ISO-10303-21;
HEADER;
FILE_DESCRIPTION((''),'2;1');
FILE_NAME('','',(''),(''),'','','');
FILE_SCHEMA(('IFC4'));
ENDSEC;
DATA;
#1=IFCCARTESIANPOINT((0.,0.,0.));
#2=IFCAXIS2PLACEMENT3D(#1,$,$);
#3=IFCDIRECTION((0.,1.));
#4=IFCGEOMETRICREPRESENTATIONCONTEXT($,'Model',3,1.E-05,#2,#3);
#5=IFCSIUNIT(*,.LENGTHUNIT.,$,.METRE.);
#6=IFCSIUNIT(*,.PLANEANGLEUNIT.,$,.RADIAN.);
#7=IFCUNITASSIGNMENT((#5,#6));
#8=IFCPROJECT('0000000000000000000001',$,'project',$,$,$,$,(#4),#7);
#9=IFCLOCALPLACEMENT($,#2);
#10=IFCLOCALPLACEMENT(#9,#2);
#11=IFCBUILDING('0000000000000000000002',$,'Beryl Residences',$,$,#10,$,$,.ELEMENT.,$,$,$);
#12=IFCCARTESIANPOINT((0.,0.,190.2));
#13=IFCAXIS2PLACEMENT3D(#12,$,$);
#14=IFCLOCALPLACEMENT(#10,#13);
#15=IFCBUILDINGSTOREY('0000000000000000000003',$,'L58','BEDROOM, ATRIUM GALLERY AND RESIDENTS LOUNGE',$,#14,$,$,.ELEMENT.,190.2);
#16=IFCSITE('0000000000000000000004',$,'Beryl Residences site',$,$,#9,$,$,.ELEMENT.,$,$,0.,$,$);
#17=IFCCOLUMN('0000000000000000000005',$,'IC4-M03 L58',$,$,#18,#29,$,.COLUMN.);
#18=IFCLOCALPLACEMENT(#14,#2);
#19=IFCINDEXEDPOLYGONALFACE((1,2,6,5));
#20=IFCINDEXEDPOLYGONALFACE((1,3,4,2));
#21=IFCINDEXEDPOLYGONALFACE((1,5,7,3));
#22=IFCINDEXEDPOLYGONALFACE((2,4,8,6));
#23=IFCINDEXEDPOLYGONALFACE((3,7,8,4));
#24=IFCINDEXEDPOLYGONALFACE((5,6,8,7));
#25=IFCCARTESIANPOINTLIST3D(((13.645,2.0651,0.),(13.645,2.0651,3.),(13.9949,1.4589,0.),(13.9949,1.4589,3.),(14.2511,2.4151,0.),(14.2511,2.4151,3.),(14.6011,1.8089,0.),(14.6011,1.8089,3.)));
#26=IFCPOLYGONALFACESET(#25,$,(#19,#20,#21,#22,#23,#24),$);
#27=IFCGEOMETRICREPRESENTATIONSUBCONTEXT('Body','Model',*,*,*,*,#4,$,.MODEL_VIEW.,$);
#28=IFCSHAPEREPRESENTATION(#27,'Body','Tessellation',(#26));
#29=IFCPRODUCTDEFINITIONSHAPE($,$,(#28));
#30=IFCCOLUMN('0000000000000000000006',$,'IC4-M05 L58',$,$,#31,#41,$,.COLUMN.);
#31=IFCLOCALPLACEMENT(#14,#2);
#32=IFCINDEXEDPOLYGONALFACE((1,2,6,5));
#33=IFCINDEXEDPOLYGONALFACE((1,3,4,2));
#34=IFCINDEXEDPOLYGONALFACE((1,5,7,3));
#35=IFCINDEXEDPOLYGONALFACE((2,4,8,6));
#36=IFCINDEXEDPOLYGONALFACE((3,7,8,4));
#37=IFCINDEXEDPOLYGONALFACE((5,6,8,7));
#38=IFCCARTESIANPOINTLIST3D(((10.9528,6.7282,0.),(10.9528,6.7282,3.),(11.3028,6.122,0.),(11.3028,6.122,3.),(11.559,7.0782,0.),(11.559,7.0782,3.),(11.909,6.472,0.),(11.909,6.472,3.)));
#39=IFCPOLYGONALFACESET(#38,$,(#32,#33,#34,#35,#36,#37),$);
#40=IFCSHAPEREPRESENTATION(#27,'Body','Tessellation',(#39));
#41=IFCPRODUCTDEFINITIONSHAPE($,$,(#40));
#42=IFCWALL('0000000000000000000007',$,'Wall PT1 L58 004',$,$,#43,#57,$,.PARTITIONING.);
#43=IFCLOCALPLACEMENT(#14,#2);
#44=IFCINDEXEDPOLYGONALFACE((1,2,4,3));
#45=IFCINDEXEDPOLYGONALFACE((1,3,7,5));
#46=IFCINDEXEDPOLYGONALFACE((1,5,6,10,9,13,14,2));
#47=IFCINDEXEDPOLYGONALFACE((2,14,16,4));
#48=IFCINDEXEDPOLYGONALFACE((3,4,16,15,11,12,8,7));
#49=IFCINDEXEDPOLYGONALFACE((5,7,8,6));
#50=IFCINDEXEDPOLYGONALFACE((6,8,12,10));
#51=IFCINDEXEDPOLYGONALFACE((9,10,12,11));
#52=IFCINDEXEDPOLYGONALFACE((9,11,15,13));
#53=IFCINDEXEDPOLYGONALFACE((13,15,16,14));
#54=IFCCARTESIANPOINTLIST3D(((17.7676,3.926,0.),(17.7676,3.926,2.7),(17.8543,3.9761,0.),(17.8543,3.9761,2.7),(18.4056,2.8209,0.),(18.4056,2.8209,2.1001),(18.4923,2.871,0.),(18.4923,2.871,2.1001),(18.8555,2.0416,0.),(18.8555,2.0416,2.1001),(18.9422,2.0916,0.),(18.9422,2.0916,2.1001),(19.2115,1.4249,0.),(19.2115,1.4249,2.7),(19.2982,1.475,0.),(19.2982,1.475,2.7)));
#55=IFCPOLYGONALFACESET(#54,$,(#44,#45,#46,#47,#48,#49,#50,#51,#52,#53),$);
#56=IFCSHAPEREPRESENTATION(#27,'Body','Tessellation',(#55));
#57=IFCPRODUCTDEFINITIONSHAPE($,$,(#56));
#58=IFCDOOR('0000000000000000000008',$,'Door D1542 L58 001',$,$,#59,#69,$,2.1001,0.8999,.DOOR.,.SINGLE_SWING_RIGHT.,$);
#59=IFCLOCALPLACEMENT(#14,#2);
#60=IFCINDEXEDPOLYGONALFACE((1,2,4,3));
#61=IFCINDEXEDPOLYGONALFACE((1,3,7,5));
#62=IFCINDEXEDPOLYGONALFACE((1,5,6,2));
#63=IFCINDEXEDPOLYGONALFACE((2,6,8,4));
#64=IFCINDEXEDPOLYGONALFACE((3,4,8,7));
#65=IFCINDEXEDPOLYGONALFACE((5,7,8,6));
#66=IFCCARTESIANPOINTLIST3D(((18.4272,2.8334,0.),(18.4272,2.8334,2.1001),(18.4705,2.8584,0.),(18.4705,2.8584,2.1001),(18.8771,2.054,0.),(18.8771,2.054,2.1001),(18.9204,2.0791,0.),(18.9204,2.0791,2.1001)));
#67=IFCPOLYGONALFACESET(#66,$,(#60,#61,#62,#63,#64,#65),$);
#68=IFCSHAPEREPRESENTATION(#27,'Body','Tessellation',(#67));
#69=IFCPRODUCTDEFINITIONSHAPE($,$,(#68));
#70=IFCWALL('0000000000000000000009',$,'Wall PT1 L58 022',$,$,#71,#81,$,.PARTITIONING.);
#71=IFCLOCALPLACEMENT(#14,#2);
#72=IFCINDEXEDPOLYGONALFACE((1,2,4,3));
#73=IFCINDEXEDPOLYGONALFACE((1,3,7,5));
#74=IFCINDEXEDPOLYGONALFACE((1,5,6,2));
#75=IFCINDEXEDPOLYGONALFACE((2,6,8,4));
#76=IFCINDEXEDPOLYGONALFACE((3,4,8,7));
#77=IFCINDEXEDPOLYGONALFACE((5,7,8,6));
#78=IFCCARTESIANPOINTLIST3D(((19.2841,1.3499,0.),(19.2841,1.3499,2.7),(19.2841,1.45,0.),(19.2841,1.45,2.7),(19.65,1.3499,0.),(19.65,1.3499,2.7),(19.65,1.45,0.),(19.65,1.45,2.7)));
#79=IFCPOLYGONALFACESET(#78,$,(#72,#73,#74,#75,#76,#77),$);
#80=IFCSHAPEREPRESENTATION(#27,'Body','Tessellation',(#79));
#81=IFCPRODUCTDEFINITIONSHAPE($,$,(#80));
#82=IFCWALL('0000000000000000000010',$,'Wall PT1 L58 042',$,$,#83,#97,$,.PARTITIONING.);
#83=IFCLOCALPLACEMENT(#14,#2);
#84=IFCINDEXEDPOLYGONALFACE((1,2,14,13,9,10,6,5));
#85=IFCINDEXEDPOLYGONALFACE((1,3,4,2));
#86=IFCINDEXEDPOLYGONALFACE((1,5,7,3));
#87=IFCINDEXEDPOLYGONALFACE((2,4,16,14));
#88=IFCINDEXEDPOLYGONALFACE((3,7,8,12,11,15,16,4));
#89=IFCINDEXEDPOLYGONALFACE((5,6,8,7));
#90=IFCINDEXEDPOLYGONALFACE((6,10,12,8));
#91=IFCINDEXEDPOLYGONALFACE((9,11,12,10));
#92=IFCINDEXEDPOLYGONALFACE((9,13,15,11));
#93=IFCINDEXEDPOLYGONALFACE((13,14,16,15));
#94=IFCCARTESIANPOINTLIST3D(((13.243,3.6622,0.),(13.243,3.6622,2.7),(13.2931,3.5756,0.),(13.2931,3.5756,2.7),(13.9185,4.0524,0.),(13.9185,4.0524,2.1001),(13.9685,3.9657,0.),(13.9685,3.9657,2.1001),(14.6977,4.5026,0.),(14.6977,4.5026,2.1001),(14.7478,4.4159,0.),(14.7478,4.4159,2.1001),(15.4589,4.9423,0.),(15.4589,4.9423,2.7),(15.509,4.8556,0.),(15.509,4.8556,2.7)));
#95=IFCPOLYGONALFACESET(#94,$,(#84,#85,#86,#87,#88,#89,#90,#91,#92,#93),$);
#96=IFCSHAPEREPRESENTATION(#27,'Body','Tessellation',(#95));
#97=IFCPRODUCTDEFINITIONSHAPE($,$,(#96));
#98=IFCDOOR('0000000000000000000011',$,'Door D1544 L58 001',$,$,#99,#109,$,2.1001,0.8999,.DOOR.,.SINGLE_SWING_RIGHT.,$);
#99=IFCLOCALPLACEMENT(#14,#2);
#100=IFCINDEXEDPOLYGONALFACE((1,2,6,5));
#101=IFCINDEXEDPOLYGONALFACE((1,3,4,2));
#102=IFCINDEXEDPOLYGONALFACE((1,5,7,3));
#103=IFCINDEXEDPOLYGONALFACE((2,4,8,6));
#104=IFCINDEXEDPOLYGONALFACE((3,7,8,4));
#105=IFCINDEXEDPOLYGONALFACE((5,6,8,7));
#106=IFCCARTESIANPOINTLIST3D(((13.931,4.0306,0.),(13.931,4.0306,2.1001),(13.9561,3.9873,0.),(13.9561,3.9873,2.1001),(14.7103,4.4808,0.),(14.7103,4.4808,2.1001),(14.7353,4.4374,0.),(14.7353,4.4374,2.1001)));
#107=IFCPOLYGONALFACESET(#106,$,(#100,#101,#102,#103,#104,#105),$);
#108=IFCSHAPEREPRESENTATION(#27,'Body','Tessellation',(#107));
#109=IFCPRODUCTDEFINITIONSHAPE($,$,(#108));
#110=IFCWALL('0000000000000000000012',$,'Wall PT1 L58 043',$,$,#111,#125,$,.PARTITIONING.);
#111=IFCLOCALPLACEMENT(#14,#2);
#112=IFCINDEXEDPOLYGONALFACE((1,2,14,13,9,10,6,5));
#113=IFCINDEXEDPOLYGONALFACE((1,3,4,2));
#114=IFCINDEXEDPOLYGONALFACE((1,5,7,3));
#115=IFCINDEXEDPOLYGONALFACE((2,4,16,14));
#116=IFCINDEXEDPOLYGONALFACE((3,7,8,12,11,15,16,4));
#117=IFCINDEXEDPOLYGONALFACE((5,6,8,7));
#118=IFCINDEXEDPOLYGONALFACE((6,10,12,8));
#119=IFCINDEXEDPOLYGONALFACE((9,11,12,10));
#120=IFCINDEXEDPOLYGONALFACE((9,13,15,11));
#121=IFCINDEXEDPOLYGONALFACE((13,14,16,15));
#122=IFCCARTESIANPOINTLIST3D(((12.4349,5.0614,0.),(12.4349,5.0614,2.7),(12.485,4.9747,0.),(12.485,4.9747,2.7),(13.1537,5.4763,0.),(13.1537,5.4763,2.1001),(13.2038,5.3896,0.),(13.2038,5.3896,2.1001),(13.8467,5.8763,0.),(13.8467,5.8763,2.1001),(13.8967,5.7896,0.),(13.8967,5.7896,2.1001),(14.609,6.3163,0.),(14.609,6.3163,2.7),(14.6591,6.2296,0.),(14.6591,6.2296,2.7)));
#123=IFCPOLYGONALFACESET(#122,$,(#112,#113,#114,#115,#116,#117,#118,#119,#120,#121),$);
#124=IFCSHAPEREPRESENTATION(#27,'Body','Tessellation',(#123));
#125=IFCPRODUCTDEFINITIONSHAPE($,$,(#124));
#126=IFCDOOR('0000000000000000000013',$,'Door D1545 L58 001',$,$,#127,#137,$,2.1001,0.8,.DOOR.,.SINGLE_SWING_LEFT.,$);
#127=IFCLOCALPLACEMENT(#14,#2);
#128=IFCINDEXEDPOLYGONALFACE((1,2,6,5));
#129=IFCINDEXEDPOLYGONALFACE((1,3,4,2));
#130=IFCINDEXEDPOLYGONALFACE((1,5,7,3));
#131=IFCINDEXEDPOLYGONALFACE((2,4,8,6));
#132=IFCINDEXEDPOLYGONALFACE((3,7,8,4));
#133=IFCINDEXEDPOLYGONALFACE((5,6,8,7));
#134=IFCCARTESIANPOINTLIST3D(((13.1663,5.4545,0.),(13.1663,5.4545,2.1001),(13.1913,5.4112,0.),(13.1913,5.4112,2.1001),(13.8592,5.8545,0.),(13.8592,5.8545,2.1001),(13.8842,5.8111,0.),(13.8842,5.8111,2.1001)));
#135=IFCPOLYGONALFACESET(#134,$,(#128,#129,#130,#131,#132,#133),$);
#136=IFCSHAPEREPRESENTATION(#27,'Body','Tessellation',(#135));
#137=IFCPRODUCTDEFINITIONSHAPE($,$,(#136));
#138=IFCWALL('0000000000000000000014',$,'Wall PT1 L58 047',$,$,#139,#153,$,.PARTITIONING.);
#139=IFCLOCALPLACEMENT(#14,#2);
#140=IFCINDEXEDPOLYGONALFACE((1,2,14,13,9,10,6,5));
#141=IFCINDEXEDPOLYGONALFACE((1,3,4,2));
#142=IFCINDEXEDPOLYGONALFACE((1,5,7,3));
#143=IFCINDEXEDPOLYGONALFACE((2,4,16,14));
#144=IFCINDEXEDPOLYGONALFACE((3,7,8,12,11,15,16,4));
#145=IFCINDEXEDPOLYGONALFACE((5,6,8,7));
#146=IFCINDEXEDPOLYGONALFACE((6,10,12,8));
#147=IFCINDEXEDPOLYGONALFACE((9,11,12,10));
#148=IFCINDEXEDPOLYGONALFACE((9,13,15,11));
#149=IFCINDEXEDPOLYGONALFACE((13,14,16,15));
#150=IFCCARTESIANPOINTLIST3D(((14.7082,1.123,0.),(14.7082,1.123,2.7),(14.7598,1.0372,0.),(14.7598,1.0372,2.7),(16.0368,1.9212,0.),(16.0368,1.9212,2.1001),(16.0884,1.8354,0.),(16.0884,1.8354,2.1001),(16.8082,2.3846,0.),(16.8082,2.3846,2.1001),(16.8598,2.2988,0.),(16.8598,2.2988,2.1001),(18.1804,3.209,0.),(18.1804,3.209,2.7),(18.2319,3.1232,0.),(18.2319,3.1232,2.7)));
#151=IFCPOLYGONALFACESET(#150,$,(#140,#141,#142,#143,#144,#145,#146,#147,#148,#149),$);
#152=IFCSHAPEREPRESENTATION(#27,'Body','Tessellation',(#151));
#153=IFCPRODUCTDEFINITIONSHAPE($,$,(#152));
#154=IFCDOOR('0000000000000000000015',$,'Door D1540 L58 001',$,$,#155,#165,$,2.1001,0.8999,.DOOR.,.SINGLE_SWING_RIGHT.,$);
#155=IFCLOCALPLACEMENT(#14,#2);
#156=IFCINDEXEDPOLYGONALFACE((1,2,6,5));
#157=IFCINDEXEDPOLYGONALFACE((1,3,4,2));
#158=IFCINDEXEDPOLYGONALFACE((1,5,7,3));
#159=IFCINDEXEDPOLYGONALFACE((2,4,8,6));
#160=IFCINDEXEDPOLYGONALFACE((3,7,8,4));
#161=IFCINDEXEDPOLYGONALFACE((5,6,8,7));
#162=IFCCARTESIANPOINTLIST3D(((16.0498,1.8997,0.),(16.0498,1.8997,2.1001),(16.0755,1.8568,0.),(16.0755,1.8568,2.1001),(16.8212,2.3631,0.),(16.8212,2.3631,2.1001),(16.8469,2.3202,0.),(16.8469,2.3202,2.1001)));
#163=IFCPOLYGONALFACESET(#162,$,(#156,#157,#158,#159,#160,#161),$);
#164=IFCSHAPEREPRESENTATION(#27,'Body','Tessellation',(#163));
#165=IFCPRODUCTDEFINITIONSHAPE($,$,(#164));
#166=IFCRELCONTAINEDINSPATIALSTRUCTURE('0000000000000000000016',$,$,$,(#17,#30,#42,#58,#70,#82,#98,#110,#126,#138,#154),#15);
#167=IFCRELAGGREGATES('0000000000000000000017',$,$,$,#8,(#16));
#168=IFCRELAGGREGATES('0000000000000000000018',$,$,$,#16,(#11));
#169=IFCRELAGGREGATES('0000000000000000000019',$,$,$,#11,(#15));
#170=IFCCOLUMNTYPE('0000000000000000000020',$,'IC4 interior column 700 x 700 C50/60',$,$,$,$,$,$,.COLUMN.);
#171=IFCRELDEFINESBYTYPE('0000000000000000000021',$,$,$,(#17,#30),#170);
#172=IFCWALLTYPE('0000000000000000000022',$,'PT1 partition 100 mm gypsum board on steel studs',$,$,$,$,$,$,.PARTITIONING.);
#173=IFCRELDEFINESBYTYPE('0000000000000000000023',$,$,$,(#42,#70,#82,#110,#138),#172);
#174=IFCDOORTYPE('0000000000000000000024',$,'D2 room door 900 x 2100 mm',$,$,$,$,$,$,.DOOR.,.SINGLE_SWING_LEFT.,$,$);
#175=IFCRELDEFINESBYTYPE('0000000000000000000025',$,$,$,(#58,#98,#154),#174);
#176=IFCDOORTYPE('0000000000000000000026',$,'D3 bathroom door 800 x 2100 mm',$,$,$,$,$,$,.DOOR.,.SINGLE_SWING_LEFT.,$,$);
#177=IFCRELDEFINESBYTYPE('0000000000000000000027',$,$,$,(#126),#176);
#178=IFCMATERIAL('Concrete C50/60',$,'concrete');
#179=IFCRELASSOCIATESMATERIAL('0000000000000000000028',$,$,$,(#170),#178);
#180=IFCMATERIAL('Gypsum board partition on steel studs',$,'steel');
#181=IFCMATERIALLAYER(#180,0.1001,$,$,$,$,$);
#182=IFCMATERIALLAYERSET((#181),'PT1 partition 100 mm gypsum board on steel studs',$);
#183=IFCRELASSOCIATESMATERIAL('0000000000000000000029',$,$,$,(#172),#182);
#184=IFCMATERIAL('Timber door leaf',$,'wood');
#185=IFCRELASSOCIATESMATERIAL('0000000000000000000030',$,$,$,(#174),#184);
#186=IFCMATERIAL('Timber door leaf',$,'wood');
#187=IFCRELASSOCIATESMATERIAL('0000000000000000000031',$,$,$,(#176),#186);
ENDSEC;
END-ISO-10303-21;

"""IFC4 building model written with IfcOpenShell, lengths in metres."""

from ifc_helpers import new_model, si_unit, direction, frame, frame_2d, origin, origin_2d, place, context, subcontext, project, spatial, rectangle, extrude, material, layer, layer_set, material_profile, profile_set, type_object, element, fill, save


model = new_model("IFC4")

# Units and contexts
model_context = context("Model", 3, precision=1e-05, world=origin(), true_north=direction((0.0, 1.0)))
body_context = subcontext(model_context, "Body", "Model", "MODEL_VIEW")
ifc_project = project(units=[si_unit("LENGTHUNIT", "METRE"), si_unit("PLANEANGLEUNIT", "RADIAN")], contexts=[model_context])

# Site, building, storey
site_placement = place(None, origin())
site = spatial("IfcSite", under=ifc_project, at=site_placement, Name="Beryl Residences site", CompositionType="ELEMENT", RefElevation=0.0)
building_placement = place(site_placement, origin())
building = spatial("IfcBuilding", under=site, at=building_placement, Name="Beryl Residences", CompositionType="ELEMENT")
storey_placement = place(building_placement, frame((0.0, 0.0, 190.2)))
storey = spatial("IfcBuildingStorey", under=building, at=storey_placement, Name="L58", Description="BEDROOM, ATRIUM GALLERY AND RESIDENTS LOUNGE", CompositionType="ELEMENT", Elevation=190.2)

# Columns
ifc_material_1 = material(Name="Concrete C50/60", Category="concrete")
ifc_material_profile = material_profile(ifc_material_1, rectangle(XDim=0.7, YDim=0.7, at=origin_2d()))
ifc_profile_set = profile_set([ifc_material_profile], Name="Concrete C50/60")
column_type = type_object("IfcColumnType", Name="IC4 interior column 700 x 700 C50/60", PredefinedType="COLUMN", material=ifc_profile_set)
for number, where, z_axis, x_axis, name in (
    (1, (14.123, 1.937, 0.0), (0.0, 0.0, 1.0), (-0.5, 0.866025, 0.0), "IC4-M03 L58"),
    (2, (11.4309, 6.6001, 0.0), (0.0, 0.0, 1.0), (-0.5, 0.866025, 0.0), "IC4-M05 L58"),
):
    element("IfcColumn", number, at=place(storey_placement, frame(where, z_axis=z_axis, x_axis=x_axis)), inside=storey, type_object=column_type, Name=name, PredefinedType="COLUMN", context=body_context, shape_type="SweptSolid", body=[
        extrude(rectangle(XDim=0.7, YDim=0.7, at=origin_2d()), origin(), (0.0, 0.0, 1.0), 3.0),
    ])

# Wall, opening, door
ifc_material_2 = material(Name="Gypsum board partition on steel studs", Category="steel")
ifc_layer_1 = layer(ifc_material_2, 0.1001)
ifc_layer_set_1 = layer_set([ifc_layer_1], Name="PT1 partition 100 mm gypsum board on steel studs")
wall_type_1 = type_object("IfcWallType", Name="PT1 partition 100 mm gypsum board on steel studs", PredefinedType="PARTITIONING", material=ifc_layer_set_1)
wall_1_placement = place(storey_placement, frame((17.811, 3.9509, 0.0), z_axis=(0.0, 0.0, 1.0), x_axis=(0.499976, -0.866039, 0.0)))
wall_1 = element("IfcWall", 3, at=wall_1_placement, inside=storey, type_object=wall_type_1, Name="Wall PT1 L58 004", PredefinedType="PARTITIONING", context=body_context, shape_type="SweptSolid", body=[
    extrude(rectangle(XDim=2.8879, YDim=0.1001, at=frame_2d((1.4438, 0.0))), origin(), (0.0, 0.0, 1.0), 2.7),
])
opening_1_placement = place(wall_1_placement, frame((1.2759, 0.0, 0.0)))
opening_1 = element("IfcOpeningElement", 4, at=opening_1_placement, cuts=wall_1, PredefinedType="OPENING", context=body_context, shape_type="SweptSolid", body=[
    extrude(rectangle(XDim=0.8999, YDim=2.1001, at=frame_2d((0.45, 1.05))), frame((0.0, 0.0601, 0.0), z_axis=(0.0, -1.0, 0.0), x_axis=(1.0, 0.0, 0.0)), (0.0, 0.0, 1.0), 0.1201),
])
ifc_material_3 = material(Name="Timber door leaf", Category="wood")
door_type_1 = type_object("IfcDoorType", Name="D2 room door 900 x 2100 mm", OperationType="SINGLE_SWING_LEFT", PredefinedType="DOOR", material=ifc_material_3)
door_1_placement = place(opening_1_placement, origin())
door_1 = element("IfcDoor", 5, at=door_1_placement, inside=storey, type_object=door_type_1, Name="Door D1542 L58 001", OperationType="SINGLE_SWING_RIGHT", OverallHeight=2.1001, OverallWidth=0.8999, PredefinedType="DOOR", context=body_context, shape_type="SweptSolid", body=[
    extrude(rectangle(XDim=0.8999, YDim=2.1001, at=frame_2d((0.45, 1.05))), frame((0.0, 0.0249, 0.0), z_axis=(0.0, -1.0, 0.0), x_axis=(1.0, 0.0, 0.0)), (0.0, 0.0, 1.0), 0.05),
])
fill(opening_1, door_1)

# Wall
wall_2_placement = place(storey_placement, frame((19.2839, 1.3999, 0.0), z_axis=(0.0, 0.0, 1.0), x_axis=(1.0, 0.0, 0.0)))
element("IfcWall", 6, at=wall_2_placement, inside=storey, type_object=wall_type_1, Name="Wall PT1 L58 022", PredefinedType="PARTITIONING", context=body_context, shape_type="SweptSolid", body=[
    extrude(rectangle(XDim=0.366, YDim=0.1001, at=frame_2d((0.1831, 0.0))), origin(), (0.0, 0.0, 1.0), 2.7),
])

# Walls, openings, doors
wall_3_placement = place(storey_placement, frame((13.2681, 3.6189, 0.0), z_axis=(0.0, 0.0, 1.0), x_axis=(0.865903, 0.500212, 0.0)))
wall_3 = element("IfcWall", 7, at=wall_3_placement, inside=storey, type_object=wall_type_1, Name="Wall PT1 L58 042", PredefinedType="PARTITIONING", context=body_context, shape_type="SweptSolid", body=[
    extrude(rectangle(XDim=2.5591, YDim=0.1001, at=frame_2d((1.2795, 0.0))), origin(), (0.0, 0.0, 1.0), 2.7),
])
opening_2_placement = place(wall_3_placement, frame((0.78, 0.0, 0.0)))
opening_2 = element("IfcOpeningElement", 8, at=opening_2_placement, cuts=wall_3, PredefinedType="OPENING", context=body_context, shape_type="SweptSolid", body=[
    extrude(rectangle(XDim=0.8999, YDim=2.1001, at=frame_2d((0.45, 1.05))), frame((0.0, 0.0601, 0.0), z_axis=(0.0, -1.0, 0.0), x_axis=(1.0, 0.0, 0.0)), (0.0, 0.0, 1.0), 0.1201),
])
door_2_placement = place(opening_2_placement, origin())
door_2 = element("IfcDoor", 9, at=door_2_placement, inside=storey, type_object=door_type_1, Name="Door D1544 L58 001", OperationType="SINGLE_SWING_RIGHT", OverallHeight=2.1001, OverallWidth=0.8999, PredefinedType="DOOR", context=body_context, shape_type="SweptSolid", body=[
    extrude(rectangle(XDim=0.8999, YDim=2.1001, at=frame_2d((0.45, 1.05))), frame((0.0, 0.0249, 0.0), z_axis=(0.0, -1.0, 0.0), x_axis=(1.0, 0.0, 0.0)), (0.0, 0.0, 1.0), 0.05),
])
fill(opening_2, door_2)
wall_4_placement = place(storey_placement, frame((12.46, 5.0181, 0.0), z_axis=(0.0, 0.0, 1.0), x_axis=(0.86608, 0.499905, 0.0)))
wall_4 = element("IfcWall", 10, at=wall_4_placement, inside=storey, type_object=wall_type_1, Name="Wall PT1 L58 043", PredefinedType="PARTITIONING", context=body_context, shape_type="SweptSolid", body=[
    extrude(rectangle(XDim=2.5103, YDim=0.1001, at=frame_2d((1.2551, 0.0))), origin(), (0.0, 0.0, 1.0), 2.7),
])
opening_3_placement = place(wall_4_placement, frame((0.8301, 0.0, 0.0)))
opening_3 = element("IfcOpeningElement", 11, at=opening_3_placement, cuts=wall_4, PredefinedType="OPENING", context=body_context, shape_type="SweptSolid", body=[
    extrude(rectangle(XDim=0.8, YDim=2.1001, at=frame_2d((0.3999, 1.05))), frame((0.0, 0.0601, 0.0), z_axis=(0.0, -1.0, 0.0), x_axis=(1.0, 0.0, 0.0)), (0.0, 0.0, 1.0), 0.1201),
])
ifc_material_4 = material(Name="Timber door leaf", Category="wood")
door_type_2 = type_object("IfcDoorType", Name="D3 bathroom door 800 x 2100 mm", OperationType="SINGLE_SWING_LEFT", PredefinedType="DOOR", material=ifc_material_4)
door_3_placement = place(opening_3_placement, origin())
door_3 = element("IfcDoor", 12, at=door_3_placement, inside=storey, type_object=door_type_2, Name="Door D1545 L58 001", OperationType="SINGLE_SWING_LEFT", OverallHeight=2.1001, OverallWidth=0.8, PredefinedType="DOOR", context=body_context, shape_type="SweptSolid", body=[
    extrude(rectangle(XDim=0.8, YDim=2.1001, at=frame_2d((0.3999, 1.05))), frame((0.0, 0.0249, 0.0), z_axis=(0.0, -1.0, 0.0), x_axis=(1.0, 0.0, 0.0)), (0.0, 0.0, 1.0), 0.05),
])
fill(opening_3, door_3)
wall_5_placement = place(storey_placement, frame((14.7339, 1.0801, 0.0), z_axis=(0.0, 0.0, 1.0), x_axis=(0.857206, 0.514974, 0.0)))
wall_5 = element("IfcWall", 13, at=wall_5_placement, inside=storey, type_object=wall_type_1, Name="Wall PT1 L58 047", PredefinedType="PARTITIONING", context=body_context, shape_type="SweptSolid", body=[
    extrude(rectangle(XDim=4.0505, YDim=0.1001, at=frame_2d((2.0254, 0.0))), origin(), (0.0, 0.0, 1.0), 2.7),
])
opening_4_placement = place(wall_5_placement, frame((1.55, 0.0, 0.0)))
opening_4 = element("IfcOpeningElement", 14, at=opening_4_placement, cuts=wall_5, PredefinedType="OPENING", context=body_context, shape_type="SweptSolid", body=[
    extrude(rectangle(XDim=0.8999, YDim=2.1001, at=frame_2d((0.45, 1.05))), frame((0.0, 0.0601, 0.0), z_axis=(0.0, -1.0, 0.0), x_axis=(1.0, 0.0, 0.0)), (0.0, 0.0, 1.0), 0.1201),
])
door_4_placement = place(opening_4_placement, origin())
door_4 = element("IfcDoor", 15, at=door_4_placement, inside=storey, type_object=door_type_1, Name="Door D1540 L58 001", OperationType="SINGLE_SWING_RIGHT", OverallHeight=2.1001, OverallWidth=0.8999, PredefinedType="DOOR", context=body_context, shape_type="SweptSolid", body=[
    extrude(rectangle(XDim=0.8999, YDim=2.1001, at=frame_2d((0.45, 1.05))), frame((0.0, 0.0249, 0.0), z_axis=(0.0, -1.0, 0.0), x_axis=(1.0, 0.0, 0.0)), (0.0, 0.0, 1.0), 0.05),
])
fill(opening_4, door_4)

save(model, "model.ifc")
